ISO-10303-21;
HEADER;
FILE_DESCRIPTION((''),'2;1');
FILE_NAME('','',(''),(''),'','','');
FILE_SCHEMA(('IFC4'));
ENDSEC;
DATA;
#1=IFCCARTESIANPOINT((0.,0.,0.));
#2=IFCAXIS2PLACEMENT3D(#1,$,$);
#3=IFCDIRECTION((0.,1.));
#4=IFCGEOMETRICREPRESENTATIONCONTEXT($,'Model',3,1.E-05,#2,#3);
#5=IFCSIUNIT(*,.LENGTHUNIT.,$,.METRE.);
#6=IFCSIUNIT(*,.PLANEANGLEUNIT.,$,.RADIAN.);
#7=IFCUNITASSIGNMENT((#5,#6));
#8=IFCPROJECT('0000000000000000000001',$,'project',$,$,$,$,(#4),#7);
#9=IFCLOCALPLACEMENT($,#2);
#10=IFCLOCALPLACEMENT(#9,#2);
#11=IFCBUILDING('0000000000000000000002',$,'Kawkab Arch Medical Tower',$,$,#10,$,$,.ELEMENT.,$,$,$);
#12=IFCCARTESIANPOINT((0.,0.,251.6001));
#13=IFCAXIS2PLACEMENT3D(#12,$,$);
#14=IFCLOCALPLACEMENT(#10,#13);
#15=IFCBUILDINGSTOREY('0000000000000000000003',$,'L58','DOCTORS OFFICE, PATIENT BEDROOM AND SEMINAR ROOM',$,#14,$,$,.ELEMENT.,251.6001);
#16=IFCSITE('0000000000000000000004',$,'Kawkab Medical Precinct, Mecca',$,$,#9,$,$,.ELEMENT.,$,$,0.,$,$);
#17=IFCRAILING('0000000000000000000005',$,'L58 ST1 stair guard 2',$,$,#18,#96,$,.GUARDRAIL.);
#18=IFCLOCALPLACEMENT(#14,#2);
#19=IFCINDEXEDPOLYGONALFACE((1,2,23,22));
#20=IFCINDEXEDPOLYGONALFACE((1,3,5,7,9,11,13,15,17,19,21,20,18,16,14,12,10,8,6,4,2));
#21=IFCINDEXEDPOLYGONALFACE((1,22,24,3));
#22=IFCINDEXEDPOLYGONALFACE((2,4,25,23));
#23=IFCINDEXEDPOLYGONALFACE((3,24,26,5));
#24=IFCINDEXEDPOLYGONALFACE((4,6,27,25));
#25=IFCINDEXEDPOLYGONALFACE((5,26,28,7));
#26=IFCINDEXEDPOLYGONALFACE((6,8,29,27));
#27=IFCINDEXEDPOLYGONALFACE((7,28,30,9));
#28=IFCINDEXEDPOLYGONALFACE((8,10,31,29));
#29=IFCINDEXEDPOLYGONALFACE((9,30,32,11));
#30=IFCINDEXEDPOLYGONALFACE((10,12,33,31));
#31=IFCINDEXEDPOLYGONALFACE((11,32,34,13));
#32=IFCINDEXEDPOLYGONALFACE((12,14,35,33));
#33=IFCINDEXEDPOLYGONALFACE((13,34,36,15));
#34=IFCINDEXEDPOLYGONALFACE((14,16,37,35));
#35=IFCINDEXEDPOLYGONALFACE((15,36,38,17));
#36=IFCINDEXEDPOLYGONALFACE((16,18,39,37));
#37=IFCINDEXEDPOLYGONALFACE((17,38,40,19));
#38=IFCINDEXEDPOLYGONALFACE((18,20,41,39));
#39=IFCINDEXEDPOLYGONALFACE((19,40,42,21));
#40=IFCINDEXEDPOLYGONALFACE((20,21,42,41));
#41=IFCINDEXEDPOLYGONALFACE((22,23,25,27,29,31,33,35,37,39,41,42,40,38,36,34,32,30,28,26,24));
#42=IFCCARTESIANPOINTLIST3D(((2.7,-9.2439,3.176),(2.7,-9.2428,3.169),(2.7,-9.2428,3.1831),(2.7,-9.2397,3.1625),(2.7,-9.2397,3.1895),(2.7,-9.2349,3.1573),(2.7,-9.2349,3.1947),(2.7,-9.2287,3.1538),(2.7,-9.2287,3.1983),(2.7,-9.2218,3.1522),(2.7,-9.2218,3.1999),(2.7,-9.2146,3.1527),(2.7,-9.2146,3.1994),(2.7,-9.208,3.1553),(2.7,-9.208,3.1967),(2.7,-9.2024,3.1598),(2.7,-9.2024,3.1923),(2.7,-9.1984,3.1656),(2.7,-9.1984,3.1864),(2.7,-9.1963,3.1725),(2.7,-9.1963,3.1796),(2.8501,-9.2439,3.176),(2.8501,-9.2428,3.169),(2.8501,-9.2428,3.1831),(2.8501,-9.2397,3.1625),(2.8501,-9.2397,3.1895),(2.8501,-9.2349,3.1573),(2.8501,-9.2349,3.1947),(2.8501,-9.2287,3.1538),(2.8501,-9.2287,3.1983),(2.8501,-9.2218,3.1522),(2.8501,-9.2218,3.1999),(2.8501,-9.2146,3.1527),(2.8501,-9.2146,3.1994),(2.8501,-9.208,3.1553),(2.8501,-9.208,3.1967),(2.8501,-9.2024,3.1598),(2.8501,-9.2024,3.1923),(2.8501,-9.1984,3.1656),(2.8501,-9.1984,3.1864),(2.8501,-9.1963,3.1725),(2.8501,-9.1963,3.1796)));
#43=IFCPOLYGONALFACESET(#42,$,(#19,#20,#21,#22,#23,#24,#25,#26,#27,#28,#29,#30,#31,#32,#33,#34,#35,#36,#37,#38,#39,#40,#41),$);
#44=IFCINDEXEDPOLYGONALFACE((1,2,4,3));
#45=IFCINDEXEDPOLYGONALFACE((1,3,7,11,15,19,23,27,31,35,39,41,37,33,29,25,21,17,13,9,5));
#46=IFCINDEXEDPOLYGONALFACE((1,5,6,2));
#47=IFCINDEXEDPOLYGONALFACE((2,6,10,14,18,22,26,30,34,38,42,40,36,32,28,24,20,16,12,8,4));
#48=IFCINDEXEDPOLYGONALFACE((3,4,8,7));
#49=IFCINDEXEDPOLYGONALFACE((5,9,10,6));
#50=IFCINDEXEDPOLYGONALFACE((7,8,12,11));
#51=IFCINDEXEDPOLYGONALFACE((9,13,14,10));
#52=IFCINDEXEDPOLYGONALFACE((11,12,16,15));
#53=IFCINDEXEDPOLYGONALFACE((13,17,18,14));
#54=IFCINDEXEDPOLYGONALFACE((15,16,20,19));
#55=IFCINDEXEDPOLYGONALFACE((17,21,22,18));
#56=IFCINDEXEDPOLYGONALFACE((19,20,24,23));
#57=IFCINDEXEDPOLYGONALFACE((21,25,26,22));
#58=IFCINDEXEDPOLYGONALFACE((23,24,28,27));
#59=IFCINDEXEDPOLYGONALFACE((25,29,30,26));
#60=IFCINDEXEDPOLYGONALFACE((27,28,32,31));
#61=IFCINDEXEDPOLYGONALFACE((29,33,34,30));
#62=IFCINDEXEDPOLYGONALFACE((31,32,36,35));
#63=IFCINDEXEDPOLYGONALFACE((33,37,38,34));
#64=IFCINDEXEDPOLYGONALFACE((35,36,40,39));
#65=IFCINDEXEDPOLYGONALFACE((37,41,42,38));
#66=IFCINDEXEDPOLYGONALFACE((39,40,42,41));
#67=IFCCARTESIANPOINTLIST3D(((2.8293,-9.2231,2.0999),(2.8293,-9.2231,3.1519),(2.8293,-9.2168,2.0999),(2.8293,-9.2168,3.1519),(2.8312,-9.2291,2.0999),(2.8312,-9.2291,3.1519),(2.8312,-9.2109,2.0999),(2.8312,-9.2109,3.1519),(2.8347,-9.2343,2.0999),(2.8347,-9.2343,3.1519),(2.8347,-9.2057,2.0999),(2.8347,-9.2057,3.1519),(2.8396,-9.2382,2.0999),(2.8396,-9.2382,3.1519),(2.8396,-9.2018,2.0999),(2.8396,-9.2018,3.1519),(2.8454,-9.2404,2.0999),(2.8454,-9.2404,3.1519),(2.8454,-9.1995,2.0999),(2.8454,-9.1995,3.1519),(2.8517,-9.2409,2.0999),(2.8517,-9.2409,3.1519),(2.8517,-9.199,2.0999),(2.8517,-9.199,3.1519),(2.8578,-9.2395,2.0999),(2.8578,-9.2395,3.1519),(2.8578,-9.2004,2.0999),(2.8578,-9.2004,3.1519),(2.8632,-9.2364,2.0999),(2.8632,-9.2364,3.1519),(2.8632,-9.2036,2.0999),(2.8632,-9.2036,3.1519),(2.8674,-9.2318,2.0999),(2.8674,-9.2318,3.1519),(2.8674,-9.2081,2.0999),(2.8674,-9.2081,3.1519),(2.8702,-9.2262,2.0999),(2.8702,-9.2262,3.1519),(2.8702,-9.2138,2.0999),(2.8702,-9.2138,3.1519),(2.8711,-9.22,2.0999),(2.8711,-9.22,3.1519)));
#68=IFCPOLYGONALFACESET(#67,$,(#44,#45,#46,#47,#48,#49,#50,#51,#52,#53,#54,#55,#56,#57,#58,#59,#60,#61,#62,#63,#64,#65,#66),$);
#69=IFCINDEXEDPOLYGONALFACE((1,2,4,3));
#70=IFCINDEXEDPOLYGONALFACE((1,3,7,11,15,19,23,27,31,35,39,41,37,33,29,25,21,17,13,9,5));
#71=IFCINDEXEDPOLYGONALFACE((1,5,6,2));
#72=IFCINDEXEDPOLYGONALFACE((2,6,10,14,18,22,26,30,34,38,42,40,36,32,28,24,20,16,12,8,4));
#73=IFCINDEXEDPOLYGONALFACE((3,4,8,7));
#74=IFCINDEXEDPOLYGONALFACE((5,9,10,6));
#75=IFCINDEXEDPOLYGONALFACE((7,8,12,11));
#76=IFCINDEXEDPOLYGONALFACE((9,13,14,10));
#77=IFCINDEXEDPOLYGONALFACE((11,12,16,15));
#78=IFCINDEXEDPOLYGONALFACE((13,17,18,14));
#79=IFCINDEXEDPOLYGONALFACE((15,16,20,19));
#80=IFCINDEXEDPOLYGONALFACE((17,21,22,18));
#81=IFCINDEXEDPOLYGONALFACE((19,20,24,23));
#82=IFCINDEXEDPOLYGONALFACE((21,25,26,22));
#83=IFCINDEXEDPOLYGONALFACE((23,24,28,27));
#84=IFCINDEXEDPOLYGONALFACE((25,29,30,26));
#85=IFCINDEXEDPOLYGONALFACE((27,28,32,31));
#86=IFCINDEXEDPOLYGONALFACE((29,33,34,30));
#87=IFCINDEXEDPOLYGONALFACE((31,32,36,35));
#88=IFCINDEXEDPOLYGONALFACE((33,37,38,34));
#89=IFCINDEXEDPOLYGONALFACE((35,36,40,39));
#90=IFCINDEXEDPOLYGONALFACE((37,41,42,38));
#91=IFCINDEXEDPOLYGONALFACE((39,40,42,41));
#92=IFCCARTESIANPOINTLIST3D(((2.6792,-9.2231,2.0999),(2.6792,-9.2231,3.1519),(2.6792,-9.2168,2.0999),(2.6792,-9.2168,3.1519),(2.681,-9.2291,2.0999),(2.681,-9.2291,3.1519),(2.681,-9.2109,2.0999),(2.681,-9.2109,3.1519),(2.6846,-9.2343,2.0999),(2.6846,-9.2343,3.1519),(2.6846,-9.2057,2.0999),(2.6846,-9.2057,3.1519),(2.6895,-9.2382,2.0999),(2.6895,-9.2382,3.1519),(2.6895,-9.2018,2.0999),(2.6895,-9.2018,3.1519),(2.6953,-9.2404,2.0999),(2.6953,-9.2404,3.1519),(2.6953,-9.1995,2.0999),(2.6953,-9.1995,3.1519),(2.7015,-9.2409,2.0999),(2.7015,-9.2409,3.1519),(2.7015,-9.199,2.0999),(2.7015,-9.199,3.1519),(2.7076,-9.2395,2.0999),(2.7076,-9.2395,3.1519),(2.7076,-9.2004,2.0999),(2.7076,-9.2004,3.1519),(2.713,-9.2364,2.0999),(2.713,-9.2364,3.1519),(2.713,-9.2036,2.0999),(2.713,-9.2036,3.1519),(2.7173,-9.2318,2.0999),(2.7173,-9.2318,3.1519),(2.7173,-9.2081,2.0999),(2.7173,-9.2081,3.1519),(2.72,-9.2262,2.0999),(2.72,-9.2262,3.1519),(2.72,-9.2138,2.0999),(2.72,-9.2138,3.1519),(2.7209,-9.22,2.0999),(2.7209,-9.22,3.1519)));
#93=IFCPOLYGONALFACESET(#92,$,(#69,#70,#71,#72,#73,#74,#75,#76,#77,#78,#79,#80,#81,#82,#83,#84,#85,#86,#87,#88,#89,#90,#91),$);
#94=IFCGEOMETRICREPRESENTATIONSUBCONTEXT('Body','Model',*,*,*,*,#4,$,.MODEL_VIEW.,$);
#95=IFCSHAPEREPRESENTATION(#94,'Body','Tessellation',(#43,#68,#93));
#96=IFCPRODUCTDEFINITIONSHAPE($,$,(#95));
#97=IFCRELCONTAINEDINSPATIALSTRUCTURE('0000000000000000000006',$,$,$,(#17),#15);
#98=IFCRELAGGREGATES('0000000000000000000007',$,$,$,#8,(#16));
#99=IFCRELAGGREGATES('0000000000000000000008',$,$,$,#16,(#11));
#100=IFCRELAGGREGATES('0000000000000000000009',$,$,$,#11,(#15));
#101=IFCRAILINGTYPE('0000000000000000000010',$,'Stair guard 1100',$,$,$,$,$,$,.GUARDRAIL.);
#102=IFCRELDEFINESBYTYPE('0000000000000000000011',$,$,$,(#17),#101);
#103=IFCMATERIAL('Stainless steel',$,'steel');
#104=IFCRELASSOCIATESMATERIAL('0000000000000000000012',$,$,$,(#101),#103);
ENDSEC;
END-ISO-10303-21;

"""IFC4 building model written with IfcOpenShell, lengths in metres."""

from ifc_helpers import new_model, si_unit, direction, frame, origin, origin_2d, place, context, subcontext, project, spatial, circle, extrude, material, type_object, element, save


model = new_model("IFC4")

# Units and contexts
model_context = context("Model", 3, precision=1e-05, world=origin(), true_north=direction((0.0, 1.0)))
body_context = subcontext(model_context, "Body", "Model", "MODEL_VIEW")
ifc_project = project(units=[si_unit("LENGTHUNIT", "METRE"), si_unit("PLANEANGLEUNIT", "RADIAN")], contexts=[model_context])

# Site, building, storey
site_placement = place(None, origin())
site = spatial("IfcSite", under=ifc_project, at=site_placement, Name="Kawkab Medical Precinct, Mecca", CompositionType="ELEMENT", RefElevation=0.0)
building_placement = place(site_placement, origin())
building = spatial("IfcBuilding", under=site, at=building_placement, Name="Kawkab Arch Medical Tower", CompositionType="ELEMENT")
storey_placement = place(building_placement, frame((0.0, 0.0, 251.6001)))
storey = spatial("IfcBuildingStorey", under=building, at=storey_placement, Name="L58", Description="DOCTORS OFFICE, PATIENT BEDROOM AND SEMINAR ROOM", CompositionType="ELEMENT", Elevation=251.6001)

# Railing
ifc_material_1 = material(Name="Stainless steel", Category="steel")
railing_type_1 = type_object("IfcRailingType", Name="Stair guard 1100", PredefinedType="GUARDRAIL", material=ifc_material_1)
railing_1_placement = place(storey_placement, frame((2.8501, -9.22, 2.0999)))
element("IfcRailing", 1, at=railing_1_placement, inside=storey, type_object=railing_type_1, Name="L58 ST1 stair guard 2", PredefinedType="GUARDRAIL", context=body_context, shape_type="SweptSolid", body=[
    extrude(circle(Radius=0.0239, at=origin_2d()), frame((0.0, 0.0, 1.0762), z_axis=(-1.0, 0.0, 0.0), x_axis=(0.0, -1.0, 0.0)), (0.0, 0.0, 1.0), 0.1501),
    extrude(circle(Radius=0.021, at=origin_2d()), origin(), (0.0, 0.0, 1.0), 1.052),
    extrude(circle(Radius=0.021, at=origin_2d()), frame((-0.1501, 0.0, 0.0)), (0.0, 0.0, 1.0), 1.052),
])

save(model, "model.ifc")
